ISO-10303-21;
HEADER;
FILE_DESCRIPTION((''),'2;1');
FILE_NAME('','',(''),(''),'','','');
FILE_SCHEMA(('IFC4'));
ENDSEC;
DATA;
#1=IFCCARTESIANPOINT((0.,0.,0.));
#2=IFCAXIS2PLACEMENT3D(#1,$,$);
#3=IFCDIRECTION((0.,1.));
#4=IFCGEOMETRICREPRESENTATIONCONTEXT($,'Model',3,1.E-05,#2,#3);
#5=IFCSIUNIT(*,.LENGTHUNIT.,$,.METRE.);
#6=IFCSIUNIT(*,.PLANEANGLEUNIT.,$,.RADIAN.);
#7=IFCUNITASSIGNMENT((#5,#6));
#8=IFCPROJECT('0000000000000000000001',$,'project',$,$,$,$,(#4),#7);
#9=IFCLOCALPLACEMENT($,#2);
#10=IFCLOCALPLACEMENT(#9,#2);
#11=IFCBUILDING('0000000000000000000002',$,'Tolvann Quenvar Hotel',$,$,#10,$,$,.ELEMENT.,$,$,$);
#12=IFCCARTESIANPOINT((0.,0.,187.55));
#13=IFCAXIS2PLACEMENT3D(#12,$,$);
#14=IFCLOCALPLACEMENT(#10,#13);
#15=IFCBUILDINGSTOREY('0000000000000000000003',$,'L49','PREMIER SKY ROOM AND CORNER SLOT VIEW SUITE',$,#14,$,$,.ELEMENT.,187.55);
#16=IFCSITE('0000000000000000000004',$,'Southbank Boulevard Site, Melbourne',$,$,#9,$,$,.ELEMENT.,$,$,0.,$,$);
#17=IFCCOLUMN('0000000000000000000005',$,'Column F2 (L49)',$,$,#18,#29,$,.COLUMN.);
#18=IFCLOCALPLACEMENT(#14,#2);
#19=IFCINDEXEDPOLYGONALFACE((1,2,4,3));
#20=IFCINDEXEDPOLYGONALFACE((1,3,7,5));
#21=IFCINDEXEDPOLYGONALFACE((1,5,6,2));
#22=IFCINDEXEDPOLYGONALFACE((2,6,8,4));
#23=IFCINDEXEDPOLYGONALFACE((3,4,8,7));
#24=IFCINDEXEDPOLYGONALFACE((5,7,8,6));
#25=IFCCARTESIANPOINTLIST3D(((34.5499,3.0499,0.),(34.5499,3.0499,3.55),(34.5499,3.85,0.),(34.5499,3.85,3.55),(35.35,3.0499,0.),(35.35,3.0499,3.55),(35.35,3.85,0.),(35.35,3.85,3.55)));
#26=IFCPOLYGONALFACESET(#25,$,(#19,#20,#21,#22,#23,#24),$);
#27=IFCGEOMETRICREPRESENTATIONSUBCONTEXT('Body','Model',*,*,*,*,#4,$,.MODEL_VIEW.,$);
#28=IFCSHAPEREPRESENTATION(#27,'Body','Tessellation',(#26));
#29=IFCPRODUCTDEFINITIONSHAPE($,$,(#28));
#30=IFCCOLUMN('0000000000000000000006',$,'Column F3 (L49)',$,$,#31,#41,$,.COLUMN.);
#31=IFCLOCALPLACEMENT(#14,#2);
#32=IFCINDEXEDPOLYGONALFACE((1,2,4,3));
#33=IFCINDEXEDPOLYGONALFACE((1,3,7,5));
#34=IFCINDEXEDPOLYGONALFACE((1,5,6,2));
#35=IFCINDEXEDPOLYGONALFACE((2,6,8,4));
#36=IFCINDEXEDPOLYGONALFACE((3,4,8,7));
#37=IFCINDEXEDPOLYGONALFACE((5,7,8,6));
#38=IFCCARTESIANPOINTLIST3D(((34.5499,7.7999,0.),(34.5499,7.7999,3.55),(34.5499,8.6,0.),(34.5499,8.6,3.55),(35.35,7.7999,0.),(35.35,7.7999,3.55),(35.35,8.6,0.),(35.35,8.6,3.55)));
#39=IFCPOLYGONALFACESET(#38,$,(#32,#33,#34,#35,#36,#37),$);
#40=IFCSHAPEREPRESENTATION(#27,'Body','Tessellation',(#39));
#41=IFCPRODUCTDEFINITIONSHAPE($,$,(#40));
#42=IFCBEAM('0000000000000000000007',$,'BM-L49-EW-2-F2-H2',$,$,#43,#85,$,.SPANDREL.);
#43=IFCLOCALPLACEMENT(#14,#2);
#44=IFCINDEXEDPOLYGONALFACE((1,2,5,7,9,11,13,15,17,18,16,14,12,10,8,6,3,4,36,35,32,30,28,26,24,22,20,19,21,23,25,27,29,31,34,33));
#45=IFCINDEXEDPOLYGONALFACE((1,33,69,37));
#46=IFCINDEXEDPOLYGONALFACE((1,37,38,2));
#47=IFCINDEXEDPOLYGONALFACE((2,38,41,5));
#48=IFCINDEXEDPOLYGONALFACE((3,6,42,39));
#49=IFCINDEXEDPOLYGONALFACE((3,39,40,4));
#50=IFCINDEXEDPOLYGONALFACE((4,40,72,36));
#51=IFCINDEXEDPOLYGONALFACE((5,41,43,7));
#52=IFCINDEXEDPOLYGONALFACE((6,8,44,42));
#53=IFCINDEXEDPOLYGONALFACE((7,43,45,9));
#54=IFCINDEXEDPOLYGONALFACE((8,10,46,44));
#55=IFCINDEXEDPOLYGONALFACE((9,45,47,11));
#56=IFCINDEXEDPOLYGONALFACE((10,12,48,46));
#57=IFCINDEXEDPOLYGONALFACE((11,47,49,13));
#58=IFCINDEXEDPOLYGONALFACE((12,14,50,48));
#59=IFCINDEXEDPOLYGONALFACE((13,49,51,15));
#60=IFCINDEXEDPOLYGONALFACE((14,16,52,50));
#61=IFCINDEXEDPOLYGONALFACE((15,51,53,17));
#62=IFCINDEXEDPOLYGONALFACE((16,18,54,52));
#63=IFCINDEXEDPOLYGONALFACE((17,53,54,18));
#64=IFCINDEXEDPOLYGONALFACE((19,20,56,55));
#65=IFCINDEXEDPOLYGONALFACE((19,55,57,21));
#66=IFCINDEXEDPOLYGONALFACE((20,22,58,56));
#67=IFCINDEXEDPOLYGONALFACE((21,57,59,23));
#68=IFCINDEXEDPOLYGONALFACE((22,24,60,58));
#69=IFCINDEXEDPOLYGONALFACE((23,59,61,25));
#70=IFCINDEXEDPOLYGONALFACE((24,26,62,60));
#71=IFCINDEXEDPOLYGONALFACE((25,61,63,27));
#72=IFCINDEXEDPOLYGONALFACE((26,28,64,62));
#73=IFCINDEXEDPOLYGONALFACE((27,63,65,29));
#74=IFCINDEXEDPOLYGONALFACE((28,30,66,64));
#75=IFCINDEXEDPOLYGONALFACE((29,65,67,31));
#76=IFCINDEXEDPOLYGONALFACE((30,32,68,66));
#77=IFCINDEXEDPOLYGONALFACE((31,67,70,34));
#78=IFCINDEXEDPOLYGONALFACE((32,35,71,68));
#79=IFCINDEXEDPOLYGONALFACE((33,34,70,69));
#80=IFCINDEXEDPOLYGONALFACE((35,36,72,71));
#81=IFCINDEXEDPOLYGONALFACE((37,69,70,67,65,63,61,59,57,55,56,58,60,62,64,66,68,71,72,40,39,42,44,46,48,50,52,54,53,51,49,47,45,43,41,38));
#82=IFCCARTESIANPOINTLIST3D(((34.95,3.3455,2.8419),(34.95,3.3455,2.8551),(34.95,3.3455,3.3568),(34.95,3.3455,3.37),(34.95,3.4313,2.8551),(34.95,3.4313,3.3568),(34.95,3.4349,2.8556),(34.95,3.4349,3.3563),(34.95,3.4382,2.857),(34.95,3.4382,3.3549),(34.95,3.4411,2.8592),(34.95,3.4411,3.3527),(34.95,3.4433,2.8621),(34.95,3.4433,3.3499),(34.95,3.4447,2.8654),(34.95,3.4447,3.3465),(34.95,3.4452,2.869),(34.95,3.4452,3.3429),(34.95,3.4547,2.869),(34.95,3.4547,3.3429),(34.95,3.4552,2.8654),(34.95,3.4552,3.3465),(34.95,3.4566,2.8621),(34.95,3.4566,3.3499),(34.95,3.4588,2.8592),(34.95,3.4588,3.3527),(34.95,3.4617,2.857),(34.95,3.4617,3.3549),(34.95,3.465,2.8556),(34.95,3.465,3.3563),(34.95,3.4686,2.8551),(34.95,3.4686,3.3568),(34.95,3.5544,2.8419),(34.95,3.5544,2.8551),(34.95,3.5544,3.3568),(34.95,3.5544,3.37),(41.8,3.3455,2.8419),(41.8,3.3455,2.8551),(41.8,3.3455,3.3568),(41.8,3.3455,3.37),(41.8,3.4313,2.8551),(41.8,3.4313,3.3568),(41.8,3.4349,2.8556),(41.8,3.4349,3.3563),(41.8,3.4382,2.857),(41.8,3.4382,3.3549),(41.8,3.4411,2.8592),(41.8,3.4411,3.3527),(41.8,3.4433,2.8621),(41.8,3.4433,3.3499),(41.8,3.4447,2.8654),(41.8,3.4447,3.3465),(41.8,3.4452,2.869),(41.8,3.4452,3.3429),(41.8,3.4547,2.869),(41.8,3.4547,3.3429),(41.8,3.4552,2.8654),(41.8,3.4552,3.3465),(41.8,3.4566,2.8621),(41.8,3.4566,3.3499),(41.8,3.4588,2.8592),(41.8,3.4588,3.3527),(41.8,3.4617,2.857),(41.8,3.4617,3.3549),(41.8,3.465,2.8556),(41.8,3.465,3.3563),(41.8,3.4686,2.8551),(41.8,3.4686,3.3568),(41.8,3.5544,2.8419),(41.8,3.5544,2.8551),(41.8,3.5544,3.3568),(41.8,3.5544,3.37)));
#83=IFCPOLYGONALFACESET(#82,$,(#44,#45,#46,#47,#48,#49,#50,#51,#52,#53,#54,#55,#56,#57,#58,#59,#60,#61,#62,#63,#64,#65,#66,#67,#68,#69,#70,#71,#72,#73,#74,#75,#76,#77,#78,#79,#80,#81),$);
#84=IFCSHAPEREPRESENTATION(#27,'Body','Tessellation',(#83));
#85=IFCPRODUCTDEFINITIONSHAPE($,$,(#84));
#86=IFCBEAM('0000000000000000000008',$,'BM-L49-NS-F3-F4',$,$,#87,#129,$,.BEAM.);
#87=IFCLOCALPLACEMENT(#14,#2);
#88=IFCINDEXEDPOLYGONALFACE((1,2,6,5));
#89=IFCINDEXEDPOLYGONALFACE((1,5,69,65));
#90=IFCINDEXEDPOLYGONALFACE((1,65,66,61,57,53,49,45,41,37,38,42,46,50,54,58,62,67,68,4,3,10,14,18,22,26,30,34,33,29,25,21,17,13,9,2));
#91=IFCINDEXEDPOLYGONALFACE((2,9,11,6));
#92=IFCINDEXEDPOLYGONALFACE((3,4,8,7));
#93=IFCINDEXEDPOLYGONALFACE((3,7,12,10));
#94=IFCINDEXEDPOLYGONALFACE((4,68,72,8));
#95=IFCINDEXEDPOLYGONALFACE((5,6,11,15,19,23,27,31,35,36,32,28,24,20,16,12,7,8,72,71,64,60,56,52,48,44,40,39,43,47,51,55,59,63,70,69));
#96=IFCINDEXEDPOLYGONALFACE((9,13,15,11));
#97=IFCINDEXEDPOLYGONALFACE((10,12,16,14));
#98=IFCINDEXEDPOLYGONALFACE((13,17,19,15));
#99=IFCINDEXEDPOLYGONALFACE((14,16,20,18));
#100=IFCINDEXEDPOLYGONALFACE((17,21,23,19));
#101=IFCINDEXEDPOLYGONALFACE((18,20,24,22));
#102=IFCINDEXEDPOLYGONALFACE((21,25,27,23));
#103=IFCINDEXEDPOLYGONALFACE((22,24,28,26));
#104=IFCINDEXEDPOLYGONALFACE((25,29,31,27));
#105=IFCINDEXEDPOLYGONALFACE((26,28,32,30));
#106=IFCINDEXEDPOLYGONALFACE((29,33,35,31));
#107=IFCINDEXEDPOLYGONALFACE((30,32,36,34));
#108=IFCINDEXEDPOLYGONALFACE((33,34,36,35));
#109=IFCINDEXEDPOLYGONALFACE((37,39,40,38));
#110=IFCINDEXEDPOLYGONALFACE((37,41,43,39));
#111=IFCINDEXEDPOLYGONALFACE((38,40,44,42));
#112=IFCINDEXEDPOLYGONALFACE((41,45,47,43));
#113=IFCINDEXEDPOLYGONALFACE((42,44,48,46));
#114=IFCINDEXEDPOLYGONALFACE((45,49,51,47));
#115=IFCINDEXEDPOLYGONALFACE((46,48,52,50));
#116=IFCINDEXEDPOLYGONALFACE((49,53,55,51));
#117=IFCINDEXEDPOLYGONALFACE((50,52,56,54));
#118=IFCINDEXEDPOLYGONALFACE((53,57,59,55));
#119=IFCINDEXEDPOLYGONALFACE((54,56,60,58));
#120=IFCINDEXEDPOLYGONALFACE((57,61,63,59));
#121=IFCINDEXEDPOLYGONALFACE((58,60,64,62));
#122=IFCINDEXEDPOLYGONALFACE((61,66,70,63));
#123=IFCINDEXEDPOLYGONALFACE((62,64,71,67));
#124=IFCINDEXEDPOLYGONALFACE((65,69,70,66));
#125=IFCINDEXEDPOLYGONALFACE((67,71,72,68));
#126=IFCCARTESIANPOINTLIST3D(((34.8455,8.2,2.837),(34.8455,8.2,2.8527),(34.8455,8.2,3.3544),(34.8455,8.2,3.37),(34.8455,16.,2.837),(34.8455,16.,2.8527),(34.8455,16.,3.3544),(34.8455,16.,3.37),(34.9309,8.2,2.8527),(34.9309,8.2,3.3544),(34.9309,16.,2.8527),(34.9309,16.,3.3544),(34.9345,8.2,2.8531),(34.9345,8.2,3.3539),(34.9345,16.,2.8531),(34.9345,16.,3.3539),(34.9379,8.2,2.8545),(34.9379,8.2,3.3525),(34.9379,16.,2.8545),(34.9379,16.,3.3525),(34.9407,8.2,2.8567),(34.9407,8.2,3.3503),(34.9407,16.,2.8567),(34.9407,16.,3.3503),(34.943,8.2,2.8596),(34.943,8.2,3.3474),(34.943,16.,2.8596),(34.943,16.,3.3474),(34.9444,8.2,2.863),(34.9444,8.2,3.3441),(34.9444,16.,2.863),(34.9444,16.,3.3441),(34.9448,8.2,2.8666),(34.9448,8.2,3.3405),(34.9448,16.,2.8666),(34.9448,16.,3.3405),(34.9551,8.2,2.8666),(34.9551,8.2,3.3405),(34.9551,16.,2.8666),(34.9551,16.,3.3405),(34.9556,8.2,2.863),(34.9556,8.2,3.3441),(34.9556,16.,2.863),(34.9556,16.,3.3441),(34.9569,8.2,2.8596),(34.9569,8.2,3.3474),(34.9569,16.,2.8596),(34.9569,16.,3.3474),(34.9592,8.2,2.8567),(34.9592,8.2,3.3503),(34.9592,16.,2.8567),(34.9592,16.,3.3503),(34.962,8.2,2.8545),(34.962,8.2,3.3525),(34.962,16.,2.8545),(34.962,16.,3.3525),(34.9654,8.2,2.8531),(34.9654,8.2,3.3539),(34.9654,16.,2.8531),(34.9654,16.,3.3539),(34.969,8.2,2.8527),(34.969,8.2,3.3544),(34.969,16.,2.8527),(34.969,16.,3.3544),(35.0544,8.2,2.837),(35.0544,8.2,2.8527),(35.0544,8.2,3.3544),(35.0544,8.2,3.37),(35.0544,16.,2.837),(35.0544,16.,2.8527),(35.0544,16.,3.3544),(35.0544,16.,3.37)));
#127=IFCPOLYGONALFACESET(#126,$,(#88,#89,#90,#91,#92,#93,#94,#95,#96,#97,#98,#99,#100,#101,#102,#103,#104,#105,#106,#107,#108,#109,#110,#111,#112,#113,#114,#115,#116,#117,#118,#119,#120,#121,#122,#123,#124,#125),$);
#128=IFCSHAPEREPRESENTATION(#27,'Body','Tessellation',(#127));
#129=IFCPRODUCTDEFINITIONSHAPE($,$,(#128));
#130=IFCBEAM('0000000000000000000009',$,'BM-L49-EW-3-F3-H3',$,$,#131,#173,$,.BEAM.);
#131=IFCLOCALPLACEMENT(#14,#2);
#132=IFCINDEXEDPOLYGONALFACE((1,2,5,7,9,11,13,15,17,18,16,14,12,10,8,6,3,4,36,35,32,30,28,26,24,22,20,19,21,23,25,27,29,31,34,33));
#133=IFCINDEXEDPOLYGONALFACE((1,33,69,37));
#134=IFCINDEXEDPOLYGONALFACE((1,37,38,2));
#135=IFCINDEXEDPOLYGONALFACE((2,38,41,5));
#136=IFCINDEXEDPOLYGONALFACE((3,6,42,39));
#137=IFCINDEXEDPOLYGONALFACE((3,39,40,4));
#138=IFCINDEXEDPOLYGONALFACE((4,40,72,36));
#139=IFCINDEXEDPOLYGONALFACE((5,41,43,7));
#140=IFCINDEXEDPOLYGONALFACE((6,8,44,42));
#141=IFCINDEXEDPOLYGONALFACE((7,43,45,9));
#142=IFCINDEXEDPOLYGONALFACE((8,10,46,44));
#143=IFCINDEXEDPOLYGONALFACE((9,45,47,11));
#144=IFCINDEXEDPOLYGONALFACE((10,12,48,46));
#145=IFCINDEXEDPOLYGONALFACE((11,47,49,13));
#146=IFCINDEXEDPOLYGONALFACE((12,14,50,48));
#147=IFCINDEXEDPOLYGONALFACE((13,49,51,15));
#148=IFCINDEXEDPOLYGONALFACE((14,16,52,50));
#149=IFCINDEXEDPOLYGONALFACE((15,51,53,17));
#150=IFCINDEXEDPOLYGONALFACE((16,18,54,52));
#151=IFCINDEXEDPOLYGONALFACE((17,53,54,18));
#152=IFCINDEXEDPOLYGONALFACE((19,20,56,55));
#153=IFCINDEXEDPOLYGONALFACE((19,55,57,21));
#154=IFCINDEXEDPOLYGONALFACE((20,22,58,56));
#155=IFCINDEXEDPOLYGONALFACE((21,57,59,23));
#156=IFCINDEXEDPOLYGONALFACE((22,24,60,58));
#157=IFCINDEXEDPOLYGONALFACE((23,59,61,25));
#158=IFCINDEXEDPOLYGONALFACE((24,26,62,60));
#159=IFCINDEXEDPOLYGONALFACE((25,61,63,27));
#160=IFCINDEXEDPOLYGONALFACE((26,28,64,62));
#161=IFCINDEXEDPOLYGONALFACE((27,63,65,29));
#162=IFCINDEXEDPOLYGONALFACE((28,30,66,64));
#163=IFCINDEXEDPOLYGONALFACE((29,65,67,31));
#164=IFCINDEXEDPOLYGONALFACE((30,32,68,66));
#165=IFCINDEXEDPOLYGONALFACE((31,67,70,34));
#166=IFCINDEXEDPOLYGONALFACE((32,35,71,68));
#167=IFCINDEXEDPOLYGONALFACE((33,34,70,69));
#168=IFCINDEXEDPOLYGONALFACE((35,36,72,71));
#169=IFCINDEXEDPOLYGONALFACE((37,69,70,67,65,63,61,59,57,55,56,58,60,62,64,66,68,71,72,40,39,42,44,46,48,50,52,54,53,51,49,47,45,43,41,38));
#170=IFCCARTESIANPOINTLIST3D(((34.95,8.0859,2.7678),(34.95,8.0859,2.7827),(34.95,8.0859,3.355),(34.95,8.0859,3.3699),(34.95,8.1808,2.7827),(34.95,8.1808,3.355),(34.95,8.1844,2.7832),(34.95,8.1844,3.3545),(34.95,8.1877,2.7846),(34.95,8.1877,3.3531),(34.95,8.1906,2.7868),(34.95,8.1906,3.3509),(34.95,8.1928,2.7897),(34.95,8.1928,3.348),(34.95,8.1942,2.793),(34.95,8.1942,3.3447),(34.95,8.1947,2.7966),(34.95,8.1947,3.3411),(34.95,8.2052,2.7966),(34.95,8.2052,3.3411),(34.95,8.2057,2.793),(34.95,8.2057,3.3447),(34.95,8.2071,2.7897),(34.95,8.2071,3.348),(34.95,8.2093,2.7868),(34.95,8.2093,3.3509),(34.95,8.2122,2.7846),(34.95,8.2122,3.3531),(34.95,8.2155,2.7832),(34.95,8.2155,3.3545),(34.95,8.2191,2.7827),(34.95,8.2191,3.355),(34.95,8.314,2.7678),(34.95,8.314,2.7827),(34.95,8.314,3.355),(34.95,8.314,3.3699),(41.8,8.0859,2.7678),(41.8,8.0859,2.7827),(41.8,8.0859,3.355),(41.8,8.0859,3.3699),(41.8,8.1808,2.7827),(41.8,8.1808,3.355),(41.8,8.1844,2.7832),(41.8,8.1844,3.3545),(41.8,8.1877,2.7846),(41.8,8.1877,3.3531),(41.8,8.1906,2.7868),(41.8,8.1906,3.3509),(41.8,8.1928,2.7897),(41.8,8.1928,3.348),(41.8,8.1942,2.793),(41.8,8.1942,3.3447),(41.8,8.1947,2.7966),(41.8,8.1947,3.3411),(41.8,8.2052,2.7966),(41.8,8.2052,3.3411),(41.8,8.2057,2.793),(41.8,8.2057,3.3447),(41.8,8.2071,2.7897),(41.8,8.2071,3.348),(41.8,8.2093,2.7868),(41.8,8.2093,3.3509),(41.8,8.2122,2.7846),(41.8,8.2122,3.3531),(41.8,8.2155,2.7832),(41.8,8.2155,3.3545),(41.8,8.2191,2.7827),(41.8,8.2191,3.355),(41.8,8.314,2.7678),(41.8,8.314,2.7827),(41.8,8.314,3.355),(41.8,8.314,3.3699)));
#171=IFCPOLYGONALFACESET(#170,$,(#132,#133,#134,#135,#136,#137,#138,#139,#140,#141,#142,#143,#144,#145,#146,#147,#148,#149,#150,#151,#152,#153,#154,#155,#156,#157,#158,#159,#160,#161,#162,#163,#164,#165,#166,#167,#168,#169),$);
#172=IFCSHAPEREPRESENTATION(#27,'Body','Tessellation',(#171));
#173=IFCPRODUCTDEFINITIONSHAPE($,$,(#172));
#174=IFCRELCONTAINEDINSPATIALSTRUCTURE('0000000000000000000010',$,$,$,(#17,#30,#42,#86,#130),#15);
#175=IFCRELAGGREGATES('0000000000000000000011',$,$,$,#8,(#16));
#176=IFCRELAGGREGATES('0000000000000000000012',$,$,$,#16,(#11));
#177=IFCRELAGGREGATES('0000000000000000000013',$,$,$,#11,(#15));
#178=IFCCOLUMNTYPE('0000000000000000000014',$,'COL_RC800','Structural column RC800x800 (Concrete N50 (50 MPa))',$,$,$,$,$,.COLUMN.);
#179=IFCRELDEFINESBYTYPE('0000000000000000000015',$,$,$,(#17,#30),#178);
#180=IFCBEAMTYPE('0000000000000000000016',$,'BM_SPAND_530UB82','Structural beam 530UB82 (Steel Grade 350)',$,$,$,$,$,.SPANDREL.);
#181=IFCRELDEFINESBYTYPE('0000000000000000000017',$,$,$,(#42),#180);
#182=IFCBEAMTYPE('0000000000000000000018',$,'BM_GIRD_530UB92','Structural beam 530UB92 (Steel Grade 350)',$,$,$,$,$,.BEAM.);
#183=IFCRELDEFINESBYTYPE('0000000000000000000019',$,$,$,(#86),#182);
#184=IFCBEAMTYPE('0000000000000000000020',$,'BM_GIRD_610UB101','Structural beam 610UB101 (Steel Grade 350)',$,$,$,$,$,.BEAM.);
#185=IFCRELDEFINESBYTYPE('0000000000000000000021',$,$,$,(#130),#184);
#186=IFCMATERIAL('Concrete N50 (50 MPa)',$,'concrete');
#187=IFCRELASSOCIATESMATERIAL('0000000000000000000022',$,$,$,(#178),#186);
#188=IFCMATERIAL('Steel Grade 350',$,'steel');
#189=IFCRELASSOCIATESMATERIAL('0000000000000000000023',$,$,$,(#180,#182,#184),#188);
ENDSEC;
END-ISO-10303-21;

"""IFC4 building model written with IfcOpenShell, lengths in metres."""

from ifc_helpers import new_model, si_unit, direction, frame, origin, origin_2d, place, context, subcontext, project, spatial, rectangle, i_section, extrude, source, transform, mapped, material, material_profile, profile_set, type_object, type_shapes, element, save


model = new_model("IFC4")

# Units and contexts
model_context = context("Model", 3, precision=1e-05, world=origin(), true_north=direction((0.0, 1.0)))
body_context = subcontext(model_context, "Body", "Model", "MODEL_VIEW")
ifc_project = project(units=[si_unit("LENGTHUNIT", "METRE"), si_unit("PLANEANGLEUNIT", "RADIAN")], contexts=[model_context])

# Site, building, storey
site_placement = place(None, origin())
site = spatial("IfcSite", under=ifc_project, at=site_placement, Name="Southbank Boulevard Site, Melbourne", CompositionType="ELEMENT", RefElevation=0.0)
building_placement = place(site_placement, origin())
building = spatial("IfcBuilding", under=site, at=building_placement, Name="Tolvann Quenvar Hotel", CompositionType="ELEMENT")
storey_placement = place(building_placement, frame((0.0, 0.0, 187.55)))
storey = spatial("IfcBuildingStorey", under=building, at=storey_placement, Name="L49", Description="PREMIER SKY ROOM AND CORNER SLOT VIEW SUITE", CompositionType="ELEMENT", Elevation=187.55)

# Columns
ifc_material_1 = material(Name="Concrete N50 (50 MPa)", Category="concrete")
ifc_material_profile_1 = material_profile(ifc_material_1, rectangle(XDim=0.8, YDim=0.8, at=origin_2d()), Name="RC800x800")
ifc_profile_set_1 = profile_set([ifc_material_profile_1], Name="Concrete N50 (50 MPa)")
column_type = type_object("IfcColumnType", Name="COL_RC800", Description="Structural column RC800x800 (Concrete N50 (50 MPa))", PredefinedType="COLUMN", material=ifc_profile_set_1)
shared_shape_1 = source(origin(), body_context, "Body", "SweptSolid", [
    extrude(rectangle(XDim=0.8, YDim=0.8, at=origin_2d()), origin(), (0.0, 0.0, 1.0), 3.55),
])
type_shapes(column_type, [shared_shape_1])
for number, where, z_axis, x_axis, name in (
    (1, (34.95, 3.45, 0.0), (0.0, 0.0, 1.0), (1.0, 0.0, 0.0), "Column F2 (L49)"),
    (2, (34.95, 8.2, 0.0), (0.0, 0.0, 1.0), (1.0, 0.0, 0.0), "Column F3 (L49)"),
):
    element("IfcColumn", number, at=place(storey_placement, frame(where, z_axis=z_axis, x_axis=x_axis)), inside=storey, type_object=column_type, Name=name, PredefinedType="COLUMN", context=body_context, shape_type="MappedRepresentation", body=[
        mapped(shared_shape_1, transform((0.0, 0.0, 0.0), x_axis=(1.0, 0.0, 0.0), y_axis=(0.0, 1.0, 0.0), z_axis=(0.0, 0.0, 1.0), scale=1.0)),
    ])

# Beams
ifc_material_2 = material(Name="Steel Grade 350", Category="steel")
ifc_material_profile_2 = material_profile(ifc_material_2, i_section(OverallWidth=0.209, OverallDepth=0.5281, WebThickness=0.0095, FlangeThickness=0.0132, FilletRadius=0.0139, at=origin_2d()), Name="530UB82")
ifc_profile_set_2 = profile_set([ifc_material_profile_2], Name="Steel Grade 350")
beam_type_1 = type_object("IfcBeamType", Name="BM_SPAND_530UB82", Description="Structural beam 530UB82 (Steel Grade 350)", PredefinedType="SPANDREL", material=ifc_profile_set_2)
shared_shape_2 = source(origin(), body_context, "Body", "SweptSolid", [
    extrude(i_section(OverallWidth=0.209, OverallDepth=0.5281, WebThickness=0.0095, FlangeThickness=0.0132, FilletRadius=0.0139, at=origin_2d()), origin(), (0.0, 0.0, 1.0), 6.8501),
])
type_shapes(beam_type_1, [shared_shape_2])
beam_1_placement = place(storey_placement, frame((34.95, 3.45, 3.106), z_axis=(1.0, 0.0, 0.0), x_axis=(0.0, 1.0, 0.0)))
element("IfcBeam", 3, at=beam_1_placement, inside=storey, type_object=beam_type_1, Name="BM-L49-EW-2-F2-H2", PredefinedType="SPANDREL", context=body_context, shape_type="MappedRepresentation", body=[
    mapped(shared_shape_2, transform((0.0, 0.0, 0.0), x_axis=(1.0, 0.0, 0.0), y_axis=(0.0, 1.0, 0.0), z_axis=(0.0, 0.0, 1.0), scale=1.0)),
])
ifc_material_profile_3 = material_profile(ifc_material_2, i_section(OverallWidth=0.209, OverallDepth=0.533, WebThickness=0.0103, FlangeThickness=0.0156, FilletRadius=0.0139, at=origin_2d()), Name="530UB92")
ifc_profile_set_3 = profile_set([ifc_material_profile_3], Name="Steel Grade 350")
beam_type_2 = type_object("IfcBeamType", Name="BM_GIRD_530UB92", Description="Structural beam 530UB92 (Steel Grade 350)", PredefinedType="BEAM", material=ifc_profile_set_3)
shared_shape_3 = source(origin(), body_context, "Body", "SweptSolid", [
    extrude(i_section(OverallWidth=0.209, OverallDepth=0.533, WebThickness=0.0103, FlangeThickness=0.0156, FilletRadius=0.0139, at=origin_2d()), origin(), (0.0, 0.0, 1.0), 7.8),
])
beam_2_placement = place(storey_placement, frame((34.95, 8.2, 3.1035), z_axis=(0.0, 1.0, 0.0), x_axis=(-1.0, 0.0, 0.0)))
element("IfcBeam", 4, at=beam_2_placement, inside=storey, type_object=beam_type_2, Name="BM-L49-NS-F3-F4", PredefinedType="BEAM", context=body_context, shape_type="MappedRepresentation", body=[
    mapped(shared_shape_3, transform((0.0, 0.0, 0.0), x_axis=(1.0, 0.0, 0.0), y_axis=(0.0, 1.0, 0.0), z_axis=(0.0, 0.0, 1.0), scale=1.0)),
])
ifc_material_profile_4 = material_profile(ifc_material_2, i_section(OverallWidth=0.228, OverallDepth=0.6021, WebThickness=0.0105, FlangeThickness=0.0149, FilletRadius=0.0139, at=origin_2d()), Name="610UB101")
ifc_profile_set_4 = profile_set([ifc_material_profile_4], Name="Steel Grade 350")
beam_type_3 = type_object("IfcBeamType", Name="BM_GIRD_610UB101", Description="Structural beam 610UB101 (Steel Grade 350)", PredefinedType="BEAM", material=ifc_profile_set_4)
shared_shape_4 = source(origin(), body_context, "Body", "SweptSolid", [
    extrude(i_section(OverallWidth=0.228, OverallDepth=0.6021, WebThickness=0.0105, FlangeThickness=0.0149, FilletRadius=0.0139, at=origin_2d()), origin(), (0.0, 0.0, 1.0), 6.8501),
])
type_shapes(beam_type_3, [shared_shape_4])
beam_3_placement = place(storey_placement, frame((34.95, 8.2, 3.0688), z_axis=(1.0, 0.0, 0.0), x_axis=(0.0, 1.0, 0.0)))
element("IfcBeam", 5, at=beam_3_placement, inside=storey, type_object=beam_type_3, Name="BM-L49-EW-3-F3-H3", PredefinedType="BEAM", context=body_context, shape_type="MappedRepresentation", body=[
    mapped(shared_shape_4, transform((0.0, 0.0, 0.0), x_axis=(1.0, 0.0, 0.0), y_axis=(0.0, 1.0, 0.0), z_axis=(0.0, 0.0, 1.0), scale=1.0)),
])

save(model, "model.ifc")
